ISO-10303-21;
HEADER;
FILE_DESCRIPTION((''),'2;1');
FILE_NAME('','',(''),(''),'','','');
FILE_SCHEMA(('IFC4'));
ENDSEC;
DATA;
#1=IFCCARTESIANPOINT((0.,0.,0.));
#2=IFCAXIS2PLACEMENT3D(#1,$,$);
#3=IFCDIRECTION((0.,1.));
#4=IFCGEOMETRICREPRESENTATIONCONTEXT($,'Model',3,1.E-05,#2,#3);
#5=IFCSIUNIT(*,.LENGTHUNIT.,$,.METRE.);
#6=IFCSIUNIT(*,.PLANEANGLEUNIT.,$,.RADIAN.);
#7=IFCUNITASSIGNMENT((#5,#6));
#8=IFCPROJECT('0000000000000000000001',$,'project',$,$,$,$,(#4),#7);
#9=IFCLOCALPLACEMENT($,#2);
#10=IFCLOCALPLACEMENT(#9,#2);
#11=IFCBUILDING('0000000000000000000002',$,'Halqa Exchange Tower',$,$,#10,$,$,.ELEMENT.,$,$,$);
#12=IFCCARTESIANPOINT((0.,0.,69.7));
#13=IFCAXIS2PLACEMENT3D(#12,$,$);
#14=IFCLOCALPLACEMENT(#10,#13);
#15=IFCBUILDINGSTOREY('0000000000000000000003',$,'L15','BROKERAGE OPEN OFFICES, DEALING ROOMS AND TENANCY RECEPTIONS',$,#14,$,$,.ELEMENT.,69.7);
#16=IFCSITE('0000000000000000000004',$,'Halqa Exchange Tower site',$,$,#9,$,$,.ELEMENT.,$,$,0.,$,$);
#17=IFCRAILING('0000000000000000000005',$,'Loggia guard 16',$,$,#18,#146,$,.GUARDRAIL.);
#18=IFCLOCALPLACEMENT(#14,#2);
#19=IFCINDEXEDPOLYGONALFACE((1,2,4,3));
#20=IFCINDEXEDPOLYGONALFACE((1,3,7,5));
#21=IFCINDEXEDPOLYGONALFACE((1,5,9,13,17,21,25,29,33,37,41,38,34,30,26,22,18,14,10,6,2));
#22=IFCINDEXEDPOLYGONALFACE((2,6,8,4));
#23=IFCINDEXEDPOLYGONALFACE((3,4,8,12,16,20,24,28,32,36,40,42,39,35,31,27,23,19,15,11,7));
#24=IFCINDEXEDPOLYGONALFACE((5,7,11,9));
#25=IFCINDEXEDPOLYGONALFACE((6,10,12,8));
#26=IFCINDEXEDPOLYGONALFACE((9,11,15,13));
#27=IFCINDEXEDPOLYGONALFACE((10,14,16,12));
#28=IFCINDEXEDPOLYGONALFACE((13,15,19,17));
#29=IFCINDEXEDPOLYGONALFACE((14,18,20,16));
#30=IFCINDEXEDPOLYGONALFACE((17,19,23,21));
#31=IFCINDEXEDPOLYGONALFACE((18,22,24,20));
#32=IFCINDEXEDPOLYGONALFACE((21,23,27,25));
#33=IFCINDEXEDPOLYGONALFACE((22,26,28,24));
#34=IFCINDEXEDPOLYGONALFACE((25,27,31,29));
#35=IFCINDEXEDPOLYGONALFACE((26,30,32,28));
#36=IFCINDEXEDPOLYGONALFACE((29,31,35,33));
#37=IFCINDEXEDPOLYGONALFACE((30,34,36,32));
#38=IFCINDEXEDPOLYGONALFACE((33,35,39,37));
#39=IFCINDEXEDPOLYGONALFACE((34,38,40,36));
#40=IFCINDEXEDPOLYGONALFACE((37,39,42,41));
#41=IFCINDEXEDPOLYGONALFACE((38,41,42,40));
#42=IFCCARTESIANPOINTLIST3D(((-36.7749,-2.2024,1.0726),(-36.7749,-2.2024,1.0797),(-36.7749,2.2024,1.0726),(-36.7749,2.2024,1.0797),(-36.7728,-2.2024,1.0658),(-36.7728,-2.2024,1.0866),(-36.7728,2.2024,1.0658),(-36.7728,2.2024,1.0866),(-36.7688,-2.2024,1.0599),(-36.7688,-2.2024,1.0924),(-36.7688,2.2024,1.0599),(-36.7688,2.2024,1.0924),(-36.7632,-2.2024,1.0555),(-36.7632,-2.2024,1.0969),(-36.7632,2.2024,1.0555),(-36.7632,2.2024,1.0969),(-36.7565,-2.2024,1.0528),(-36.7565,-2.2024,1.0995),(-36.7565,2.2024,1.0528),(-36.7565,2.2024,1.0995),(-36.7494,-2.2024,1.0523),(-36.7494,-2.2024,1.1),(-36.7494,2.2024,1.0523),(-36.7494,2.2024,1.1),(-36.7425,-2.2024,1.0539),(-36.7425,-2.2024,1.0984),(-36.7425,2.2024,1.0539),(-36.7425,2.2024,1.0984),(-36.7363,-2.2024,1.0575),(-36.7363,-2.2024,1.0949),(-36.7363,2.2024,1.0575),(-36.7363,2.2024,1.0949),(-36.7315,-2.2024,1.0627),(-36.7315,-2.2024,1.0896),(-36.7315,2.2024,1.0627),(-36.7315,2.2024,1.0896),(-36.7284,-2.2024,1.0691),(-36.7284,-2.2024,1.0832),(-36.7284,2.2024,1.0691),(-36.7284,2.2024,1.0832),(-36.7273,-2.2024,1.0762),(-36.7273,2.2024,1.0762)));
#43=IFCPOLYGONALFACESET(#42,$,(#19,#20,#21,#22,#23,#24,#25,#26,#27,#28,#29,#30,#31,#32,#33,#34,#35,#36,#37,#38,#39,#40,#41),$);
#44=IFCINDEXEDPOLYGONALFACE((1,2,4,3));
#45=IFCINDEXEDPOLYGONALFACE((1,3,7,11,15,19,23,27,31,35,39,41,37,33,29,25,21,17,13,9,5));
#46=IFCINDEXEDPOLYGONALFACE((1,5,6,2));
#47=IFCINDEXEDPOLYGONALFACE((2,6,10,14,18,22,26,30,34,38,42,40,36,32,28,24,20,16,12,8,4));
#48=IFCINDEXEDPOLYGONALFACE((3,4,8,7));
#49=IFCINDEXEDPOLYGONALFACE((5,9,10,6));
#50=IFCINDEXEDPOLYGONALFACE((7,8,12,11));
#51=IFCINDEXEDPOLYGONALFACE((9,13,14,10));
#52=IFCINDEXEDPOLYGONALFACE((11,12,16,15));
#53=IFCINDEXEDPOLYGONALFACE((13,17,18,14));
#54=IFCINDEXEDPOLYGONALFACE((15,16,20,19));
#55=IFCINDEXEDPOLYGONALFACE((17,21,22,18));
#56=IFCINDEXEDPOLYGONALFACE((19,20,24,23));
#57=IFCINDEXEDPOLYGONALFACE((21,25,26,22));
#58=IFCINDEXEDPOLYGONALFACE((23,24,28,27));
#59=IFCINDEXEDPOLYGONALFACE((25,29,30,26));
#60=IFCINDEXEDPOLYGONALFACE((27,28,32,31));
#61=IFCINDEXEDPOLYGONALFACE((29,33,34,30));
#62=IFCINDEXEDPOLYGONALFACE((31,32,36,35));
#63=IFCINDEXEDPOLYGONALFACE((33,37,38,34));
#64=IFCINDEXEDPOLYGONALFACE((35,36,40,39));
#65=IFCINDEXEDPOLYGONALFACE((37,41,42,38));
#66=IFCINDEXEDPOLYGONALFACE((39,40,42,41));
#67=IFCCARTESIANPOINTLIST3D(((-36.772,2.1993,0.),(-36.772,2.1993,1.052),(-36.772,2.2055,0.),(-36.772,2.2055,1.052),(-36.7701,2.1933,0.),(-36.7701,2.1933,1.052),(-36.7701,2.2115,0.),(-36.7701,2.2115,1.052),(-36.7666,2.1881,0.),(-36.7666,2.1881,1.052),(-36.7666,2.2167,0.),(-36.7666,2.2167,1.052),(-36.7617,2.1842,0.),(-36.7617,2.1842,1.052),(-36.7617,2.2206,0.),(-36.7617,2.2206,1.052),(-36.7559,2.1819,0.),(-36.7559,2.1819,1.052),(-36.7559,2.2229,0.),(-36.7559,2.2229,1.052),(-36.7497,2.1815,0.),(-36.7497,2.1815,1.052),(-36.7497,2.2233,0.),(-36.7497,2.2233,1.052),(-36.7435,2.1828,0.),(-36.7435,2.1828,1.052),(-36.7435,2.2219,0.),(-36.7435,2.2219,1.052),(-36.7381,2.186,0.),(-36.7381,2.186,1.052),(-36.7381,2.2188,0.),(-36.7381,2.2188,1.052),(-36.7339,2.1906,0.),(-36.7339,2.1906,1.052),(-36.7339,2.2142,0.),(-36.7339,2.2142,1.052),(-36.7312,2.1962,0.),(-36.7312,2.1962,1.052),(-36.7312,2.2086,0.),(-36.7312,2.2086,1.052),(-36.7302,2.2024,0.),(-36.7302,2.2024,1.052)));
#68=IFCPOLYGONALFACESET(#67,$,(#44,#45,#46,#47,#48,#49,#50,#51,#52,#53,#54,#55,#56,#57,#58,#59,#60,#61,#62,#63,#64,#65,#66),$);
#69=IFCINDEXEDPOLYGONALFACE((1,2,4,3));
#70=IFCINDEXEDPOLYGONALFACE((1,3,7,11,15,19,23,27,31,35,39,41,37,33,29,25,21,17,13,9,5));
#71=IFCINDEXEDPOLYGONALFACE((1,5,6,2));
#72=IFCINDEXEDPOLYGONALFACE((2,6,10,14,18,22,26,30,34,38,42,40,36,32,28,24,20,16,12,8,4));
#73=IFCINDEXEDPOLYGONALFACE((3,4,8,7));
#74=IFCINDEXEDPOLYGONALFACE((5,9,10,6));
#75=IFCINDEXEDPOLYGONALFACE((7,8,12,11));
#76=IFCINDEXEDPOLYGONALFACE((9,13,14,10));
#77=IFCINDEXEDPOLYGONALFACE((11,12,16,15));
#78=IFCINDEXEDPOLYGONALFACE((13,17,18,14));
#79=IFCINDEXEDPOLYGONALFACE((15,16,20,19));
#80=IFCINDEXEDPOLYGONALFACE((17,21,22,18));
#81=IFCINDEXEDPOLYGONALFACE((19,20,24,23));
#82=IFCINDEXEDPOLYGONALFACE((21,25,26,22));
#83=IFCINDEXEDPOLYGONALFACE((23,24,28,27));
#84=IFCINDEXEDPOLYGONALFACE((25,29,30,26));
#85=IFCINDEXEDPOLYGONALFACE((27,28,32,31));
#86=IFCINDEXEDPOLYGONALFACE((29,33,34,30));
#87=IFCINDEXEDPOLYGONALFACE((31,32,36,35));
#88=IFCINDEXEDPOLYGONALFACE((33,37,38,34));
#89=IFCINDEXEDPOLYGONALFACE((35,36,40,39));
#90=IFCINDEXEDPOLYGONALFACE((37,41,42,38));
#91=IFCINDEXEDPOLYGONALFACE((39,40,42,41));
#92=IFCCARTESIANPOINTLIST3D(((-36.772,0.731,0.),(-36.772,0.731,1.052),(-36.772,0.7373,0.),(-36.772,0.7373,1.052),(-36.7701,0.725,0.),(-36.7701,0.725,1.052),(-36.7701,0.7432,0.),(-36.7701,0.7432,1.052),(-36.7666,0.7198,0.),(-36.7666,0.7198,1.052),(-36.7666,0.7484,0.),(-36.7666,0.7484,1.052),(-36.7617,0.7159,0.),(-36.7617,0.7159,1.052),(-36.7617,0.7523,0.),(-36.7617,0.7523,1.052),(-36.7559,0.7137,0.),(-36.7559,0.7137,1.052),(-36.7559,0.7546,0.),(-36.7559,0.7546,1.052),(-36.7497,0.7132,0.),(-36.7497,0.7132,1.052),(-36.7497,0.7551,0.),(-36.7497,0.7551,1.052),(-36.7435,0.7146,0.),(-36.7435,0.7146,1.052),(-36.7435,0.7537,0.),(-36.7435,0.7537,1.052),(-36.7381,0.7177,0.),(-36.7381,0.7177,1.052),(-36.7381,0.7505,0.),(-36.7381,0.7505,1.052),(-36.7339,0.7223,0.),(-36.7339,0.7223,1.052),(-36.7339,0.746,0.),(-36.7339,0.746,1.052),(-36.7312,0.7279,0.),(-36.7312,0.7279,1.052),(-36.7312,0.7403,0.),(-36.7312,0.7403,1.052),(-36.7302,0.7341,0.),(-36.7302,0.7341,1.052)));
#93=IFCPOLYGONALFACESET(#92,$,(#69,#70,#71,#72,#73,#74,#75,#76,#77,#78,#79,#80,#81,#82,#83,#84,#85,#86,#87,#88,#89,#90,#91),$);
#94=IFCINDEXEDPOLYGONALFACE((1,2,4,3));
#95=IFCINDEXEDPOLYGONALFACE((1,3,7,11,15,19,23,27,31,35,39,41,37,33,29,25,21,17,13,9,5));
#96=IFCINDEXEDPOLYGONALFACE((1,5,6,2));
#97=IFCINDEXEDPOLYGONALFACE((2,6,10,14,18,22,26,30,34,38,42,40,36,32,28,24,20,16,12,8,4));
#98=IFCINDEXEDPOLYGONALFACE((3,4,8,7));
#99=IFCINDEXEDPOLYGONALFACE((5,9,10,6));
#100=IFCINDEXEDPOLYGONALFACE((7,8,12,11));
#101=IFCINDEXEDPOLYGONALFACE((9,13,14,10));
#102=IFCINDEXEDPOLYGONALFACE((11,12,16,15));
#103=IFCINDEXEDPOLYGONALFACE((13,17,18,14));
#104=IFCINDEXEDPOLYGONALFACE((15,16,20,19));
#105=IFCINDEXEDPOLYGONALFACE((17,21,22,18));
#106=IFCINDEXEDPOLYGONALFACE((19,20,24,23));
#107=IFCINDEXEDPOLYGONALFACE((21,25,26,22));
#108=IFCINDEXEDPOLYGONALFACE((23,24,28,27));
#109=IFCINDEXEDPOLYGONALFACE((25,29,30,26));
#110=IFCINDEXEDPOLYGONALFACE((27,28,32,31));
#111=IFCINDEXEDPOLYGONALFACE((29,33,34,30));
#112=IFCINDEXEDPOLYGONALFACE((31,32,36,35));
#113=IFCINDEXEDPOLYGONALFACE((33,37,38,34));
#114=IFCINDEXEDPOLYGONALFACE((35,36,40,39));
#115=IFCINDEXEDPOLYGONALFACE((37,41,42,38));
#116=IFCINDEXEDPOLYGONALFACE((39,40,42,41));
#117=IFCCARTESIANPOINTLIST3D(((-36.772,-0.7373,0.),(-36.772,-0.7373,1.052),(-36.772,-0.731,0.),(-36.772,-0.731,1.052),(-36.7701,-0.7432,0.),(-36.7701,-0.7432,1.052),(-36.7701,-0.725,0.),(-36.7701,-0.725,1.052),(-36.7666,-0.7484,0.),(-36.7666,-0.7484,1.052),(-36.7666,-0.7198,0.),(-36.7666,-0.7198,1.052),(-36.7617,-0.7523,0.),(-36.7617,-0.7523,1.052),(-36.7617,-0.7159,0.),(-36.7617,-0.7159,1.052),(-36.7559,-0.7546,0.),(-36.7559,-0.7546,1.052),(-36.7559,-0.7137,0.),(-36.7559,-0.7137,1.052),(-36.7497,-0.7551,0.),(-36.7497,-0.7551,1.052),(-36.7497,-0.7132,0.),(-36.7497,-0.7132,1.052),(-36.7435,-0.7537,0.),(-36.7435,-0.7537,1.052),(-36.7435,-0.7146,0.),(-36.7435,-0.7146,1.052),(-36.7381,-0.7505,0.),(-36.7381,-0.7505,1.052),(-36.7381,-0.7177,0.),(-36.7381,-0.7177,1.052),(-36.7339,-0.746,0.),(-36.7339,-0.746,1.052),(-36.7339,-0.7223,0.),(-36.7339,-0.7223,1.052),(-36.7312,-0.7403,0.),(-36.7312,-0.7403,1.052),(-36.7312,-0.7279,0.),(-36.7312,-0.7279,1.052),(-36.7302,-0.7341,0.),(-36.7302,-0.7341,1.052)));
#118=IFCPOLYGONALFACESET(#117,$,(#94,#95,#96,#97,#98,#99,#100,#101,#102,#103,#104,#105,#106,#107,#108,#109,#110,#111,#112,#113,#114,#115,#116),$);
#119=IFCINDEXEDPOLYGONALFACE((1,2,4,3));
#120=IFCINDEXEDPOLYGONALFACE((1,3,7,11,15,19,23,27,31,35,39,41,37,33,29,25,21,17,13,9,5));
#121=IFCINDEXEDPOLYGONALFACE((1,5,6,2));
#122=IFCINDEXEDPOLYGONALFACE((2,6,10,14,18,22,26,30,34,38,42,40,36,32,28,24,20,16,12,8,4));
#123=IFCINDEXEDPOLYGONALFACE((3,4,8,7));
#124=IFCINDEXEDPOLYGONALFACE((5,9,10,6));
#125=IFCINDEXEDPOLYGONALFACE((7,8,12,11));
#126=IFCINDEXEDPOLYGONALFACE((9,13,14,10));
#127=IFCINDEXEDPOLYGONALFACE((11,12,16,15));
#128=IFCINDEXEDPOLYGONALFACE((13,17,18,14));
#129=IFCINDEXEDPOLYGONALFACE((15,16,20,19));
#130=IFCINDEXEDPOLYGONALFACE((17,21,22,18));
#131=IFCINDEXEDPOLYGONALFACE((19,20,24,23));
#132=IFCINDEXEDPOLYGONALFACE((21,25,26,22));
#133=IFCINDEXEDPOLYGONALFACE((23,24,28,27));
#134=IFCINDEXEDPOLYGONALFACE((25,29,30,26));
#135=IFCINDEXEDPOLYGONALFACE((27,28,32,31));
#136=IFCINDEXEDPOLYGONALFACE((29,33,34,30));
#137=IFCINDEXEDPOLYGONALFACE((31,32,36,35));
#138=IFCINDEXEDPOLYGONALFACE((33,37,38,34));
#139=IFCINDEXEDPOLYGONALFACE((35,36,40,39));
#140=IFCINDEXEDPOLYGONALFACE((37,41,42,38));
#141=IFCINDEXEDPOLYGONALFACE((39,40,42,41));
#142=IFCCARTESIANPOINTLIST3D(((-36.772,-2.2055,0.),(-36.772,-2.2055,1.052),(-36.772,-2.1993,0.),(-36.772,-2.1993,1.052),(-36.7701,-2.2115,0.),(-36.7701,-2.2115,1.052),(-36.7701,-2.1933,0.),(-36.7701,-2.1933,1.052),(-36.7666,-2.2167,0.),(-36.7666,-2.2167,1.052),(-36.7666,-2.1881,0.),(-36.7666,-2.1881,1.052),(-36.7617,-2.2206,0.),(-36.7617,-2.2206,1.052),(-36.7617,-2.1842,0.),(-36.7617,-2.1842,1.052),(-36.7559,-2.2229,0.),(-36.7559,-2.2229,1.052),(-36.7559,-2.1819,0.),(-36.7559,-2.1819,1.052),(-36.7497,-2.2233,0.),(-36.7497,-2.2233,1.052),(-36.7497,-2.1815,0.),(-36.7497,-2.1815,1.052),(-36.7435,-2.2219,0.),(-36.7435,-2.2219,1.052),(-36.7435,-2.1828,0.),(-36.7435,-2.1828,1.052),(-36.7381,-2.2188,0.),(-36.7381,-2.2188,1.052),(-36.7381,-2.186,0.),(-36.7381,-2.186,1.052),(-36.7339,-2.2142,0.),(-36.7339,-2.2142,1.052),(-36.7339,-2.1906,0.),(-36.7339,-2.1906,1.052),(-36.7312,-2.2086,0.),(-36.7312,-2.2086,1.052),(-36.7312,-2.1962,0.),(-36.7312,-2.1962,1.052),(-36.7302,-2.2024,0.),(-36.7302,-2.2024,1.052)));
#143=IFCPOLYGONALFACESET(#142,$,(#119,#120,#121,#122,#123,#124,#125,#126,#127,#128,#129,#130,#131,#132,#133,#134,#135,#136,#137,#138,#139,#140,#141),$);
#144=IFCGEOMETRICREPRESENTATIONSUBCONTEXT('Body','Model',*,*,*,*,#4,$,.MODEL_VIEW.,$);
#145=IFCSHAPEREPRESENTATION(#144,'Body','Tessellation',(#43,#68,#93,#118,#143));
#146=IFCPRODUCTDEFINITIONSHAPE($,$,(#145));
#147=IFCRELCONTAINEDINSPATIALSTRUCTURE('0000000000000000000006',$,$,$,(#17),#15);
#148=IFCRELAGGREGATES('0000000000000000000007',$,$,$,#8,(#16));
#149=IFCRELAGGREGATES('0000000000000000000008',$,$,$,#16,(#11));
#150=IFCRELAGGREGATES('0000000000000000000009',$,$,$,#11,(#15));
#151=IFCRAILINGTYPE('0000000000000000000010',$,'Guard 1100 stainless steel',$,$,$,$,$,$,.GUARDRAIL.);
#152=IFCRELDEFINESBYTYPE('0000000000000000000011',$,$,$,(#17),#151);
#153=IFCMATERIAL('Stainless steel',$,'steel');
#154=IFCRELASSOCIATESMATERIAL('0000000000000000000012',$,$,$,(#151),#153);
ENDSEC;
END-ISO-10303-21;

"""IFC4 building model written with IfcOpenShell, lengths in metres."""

from ifc_helpers import new_model, si_unit, direction, frame, origin, origin_2d, place, context, subcontext, project, spatial, circle, extrude, material, type_object, element, save


model = new_model("IFC4")

# Units and contexts
model_context = context("Model", 3, precision=1e-05, world=origin(), true_north=direction((0.0, 1.0)))
body_context = subcontext(model_context, "Body", "Model", "MODEL_VIEW")
ifc_project = project(units=[si_unit("LENGTHUNIT", "METRE"), si_unit("PLANEANGLEUNIT", "RADIAN")], contexts=[model_context])

# Site, building, storey
site_placement = place(None, origin())
site = spatial("IfcSite", under=ifc_project, at=site_placement, Name="Halqa Exchange Tower site", CompositionType="ELEMENT", RefElevation=0.0)
building_placement = place(site_placement, origin())
building = spatial("IfcBuilding", under=site, at=building_placement, Name="Halqa Exchange Tower", CompositionType="ELEMENT")
storey_placement = place(building_placement, frame((0.0, 0.0, 69.7)))
storey = spatial("IfcBuildingStorey", under=building, at=storey_placement, Name="L15", Description="BROKERAGE OPEN OFFICES, DEALING ROOMS AND TENANCY RECEPTIONS", CompositionType="ELEMENT", Elevation=69.7)

# Railing
ifc_material_1 = material(Name="Stainless steel", Category="steel")
railing_type = type_object("IfcRailingType", Name="Guard 1100 stainless steel", PredefinedType="GUARDRAIL", material=ifc_material_1)
railing_1_placement = place(storey_placement, frame((-36.7512, 2.2024, 0.0)))
element("IfcRailing", 1, at=railing_1_placement, inside=storey, type_object=railing_type, Name="Loggia guard 16", PredefinedType="GUARDRAIL", context=body_context, shape_type="SweptSolid", body=[
    extrude(circle(Radius=0.0239, at=origin_2d()), frame((0.0, 0.0, 1.0762), z_axis=(0.0, -1.0, 0.0), x_axis=(1.0, 0.0, 0.0)), (0.0, 0.0, 1.0), 4.4048),
    extrude(circle(Radius=0.021, at=origin_2d()), origin(), (0.0, 0.0, 1.0), 1.052),
    extrude(circle(Radius=0.021, at=origin_2d()), frame((0.0, -1.4683, 0.0)), (0.0, 0.0, 1.0), 1.052),
    extrude(circle(Radius=0.021, at=origin_2d()), frame((0.0, -2.9365, 0.0)), (0.0, 0.0, 1.0), 1.052),
    extrude(circle(Radius=0.021, at=origin_2d()), frame((0.0, -4.4048, 0.0)), (0.0, 0.0, 1.0), 1.052),
])

save(model, "model.ifc")
